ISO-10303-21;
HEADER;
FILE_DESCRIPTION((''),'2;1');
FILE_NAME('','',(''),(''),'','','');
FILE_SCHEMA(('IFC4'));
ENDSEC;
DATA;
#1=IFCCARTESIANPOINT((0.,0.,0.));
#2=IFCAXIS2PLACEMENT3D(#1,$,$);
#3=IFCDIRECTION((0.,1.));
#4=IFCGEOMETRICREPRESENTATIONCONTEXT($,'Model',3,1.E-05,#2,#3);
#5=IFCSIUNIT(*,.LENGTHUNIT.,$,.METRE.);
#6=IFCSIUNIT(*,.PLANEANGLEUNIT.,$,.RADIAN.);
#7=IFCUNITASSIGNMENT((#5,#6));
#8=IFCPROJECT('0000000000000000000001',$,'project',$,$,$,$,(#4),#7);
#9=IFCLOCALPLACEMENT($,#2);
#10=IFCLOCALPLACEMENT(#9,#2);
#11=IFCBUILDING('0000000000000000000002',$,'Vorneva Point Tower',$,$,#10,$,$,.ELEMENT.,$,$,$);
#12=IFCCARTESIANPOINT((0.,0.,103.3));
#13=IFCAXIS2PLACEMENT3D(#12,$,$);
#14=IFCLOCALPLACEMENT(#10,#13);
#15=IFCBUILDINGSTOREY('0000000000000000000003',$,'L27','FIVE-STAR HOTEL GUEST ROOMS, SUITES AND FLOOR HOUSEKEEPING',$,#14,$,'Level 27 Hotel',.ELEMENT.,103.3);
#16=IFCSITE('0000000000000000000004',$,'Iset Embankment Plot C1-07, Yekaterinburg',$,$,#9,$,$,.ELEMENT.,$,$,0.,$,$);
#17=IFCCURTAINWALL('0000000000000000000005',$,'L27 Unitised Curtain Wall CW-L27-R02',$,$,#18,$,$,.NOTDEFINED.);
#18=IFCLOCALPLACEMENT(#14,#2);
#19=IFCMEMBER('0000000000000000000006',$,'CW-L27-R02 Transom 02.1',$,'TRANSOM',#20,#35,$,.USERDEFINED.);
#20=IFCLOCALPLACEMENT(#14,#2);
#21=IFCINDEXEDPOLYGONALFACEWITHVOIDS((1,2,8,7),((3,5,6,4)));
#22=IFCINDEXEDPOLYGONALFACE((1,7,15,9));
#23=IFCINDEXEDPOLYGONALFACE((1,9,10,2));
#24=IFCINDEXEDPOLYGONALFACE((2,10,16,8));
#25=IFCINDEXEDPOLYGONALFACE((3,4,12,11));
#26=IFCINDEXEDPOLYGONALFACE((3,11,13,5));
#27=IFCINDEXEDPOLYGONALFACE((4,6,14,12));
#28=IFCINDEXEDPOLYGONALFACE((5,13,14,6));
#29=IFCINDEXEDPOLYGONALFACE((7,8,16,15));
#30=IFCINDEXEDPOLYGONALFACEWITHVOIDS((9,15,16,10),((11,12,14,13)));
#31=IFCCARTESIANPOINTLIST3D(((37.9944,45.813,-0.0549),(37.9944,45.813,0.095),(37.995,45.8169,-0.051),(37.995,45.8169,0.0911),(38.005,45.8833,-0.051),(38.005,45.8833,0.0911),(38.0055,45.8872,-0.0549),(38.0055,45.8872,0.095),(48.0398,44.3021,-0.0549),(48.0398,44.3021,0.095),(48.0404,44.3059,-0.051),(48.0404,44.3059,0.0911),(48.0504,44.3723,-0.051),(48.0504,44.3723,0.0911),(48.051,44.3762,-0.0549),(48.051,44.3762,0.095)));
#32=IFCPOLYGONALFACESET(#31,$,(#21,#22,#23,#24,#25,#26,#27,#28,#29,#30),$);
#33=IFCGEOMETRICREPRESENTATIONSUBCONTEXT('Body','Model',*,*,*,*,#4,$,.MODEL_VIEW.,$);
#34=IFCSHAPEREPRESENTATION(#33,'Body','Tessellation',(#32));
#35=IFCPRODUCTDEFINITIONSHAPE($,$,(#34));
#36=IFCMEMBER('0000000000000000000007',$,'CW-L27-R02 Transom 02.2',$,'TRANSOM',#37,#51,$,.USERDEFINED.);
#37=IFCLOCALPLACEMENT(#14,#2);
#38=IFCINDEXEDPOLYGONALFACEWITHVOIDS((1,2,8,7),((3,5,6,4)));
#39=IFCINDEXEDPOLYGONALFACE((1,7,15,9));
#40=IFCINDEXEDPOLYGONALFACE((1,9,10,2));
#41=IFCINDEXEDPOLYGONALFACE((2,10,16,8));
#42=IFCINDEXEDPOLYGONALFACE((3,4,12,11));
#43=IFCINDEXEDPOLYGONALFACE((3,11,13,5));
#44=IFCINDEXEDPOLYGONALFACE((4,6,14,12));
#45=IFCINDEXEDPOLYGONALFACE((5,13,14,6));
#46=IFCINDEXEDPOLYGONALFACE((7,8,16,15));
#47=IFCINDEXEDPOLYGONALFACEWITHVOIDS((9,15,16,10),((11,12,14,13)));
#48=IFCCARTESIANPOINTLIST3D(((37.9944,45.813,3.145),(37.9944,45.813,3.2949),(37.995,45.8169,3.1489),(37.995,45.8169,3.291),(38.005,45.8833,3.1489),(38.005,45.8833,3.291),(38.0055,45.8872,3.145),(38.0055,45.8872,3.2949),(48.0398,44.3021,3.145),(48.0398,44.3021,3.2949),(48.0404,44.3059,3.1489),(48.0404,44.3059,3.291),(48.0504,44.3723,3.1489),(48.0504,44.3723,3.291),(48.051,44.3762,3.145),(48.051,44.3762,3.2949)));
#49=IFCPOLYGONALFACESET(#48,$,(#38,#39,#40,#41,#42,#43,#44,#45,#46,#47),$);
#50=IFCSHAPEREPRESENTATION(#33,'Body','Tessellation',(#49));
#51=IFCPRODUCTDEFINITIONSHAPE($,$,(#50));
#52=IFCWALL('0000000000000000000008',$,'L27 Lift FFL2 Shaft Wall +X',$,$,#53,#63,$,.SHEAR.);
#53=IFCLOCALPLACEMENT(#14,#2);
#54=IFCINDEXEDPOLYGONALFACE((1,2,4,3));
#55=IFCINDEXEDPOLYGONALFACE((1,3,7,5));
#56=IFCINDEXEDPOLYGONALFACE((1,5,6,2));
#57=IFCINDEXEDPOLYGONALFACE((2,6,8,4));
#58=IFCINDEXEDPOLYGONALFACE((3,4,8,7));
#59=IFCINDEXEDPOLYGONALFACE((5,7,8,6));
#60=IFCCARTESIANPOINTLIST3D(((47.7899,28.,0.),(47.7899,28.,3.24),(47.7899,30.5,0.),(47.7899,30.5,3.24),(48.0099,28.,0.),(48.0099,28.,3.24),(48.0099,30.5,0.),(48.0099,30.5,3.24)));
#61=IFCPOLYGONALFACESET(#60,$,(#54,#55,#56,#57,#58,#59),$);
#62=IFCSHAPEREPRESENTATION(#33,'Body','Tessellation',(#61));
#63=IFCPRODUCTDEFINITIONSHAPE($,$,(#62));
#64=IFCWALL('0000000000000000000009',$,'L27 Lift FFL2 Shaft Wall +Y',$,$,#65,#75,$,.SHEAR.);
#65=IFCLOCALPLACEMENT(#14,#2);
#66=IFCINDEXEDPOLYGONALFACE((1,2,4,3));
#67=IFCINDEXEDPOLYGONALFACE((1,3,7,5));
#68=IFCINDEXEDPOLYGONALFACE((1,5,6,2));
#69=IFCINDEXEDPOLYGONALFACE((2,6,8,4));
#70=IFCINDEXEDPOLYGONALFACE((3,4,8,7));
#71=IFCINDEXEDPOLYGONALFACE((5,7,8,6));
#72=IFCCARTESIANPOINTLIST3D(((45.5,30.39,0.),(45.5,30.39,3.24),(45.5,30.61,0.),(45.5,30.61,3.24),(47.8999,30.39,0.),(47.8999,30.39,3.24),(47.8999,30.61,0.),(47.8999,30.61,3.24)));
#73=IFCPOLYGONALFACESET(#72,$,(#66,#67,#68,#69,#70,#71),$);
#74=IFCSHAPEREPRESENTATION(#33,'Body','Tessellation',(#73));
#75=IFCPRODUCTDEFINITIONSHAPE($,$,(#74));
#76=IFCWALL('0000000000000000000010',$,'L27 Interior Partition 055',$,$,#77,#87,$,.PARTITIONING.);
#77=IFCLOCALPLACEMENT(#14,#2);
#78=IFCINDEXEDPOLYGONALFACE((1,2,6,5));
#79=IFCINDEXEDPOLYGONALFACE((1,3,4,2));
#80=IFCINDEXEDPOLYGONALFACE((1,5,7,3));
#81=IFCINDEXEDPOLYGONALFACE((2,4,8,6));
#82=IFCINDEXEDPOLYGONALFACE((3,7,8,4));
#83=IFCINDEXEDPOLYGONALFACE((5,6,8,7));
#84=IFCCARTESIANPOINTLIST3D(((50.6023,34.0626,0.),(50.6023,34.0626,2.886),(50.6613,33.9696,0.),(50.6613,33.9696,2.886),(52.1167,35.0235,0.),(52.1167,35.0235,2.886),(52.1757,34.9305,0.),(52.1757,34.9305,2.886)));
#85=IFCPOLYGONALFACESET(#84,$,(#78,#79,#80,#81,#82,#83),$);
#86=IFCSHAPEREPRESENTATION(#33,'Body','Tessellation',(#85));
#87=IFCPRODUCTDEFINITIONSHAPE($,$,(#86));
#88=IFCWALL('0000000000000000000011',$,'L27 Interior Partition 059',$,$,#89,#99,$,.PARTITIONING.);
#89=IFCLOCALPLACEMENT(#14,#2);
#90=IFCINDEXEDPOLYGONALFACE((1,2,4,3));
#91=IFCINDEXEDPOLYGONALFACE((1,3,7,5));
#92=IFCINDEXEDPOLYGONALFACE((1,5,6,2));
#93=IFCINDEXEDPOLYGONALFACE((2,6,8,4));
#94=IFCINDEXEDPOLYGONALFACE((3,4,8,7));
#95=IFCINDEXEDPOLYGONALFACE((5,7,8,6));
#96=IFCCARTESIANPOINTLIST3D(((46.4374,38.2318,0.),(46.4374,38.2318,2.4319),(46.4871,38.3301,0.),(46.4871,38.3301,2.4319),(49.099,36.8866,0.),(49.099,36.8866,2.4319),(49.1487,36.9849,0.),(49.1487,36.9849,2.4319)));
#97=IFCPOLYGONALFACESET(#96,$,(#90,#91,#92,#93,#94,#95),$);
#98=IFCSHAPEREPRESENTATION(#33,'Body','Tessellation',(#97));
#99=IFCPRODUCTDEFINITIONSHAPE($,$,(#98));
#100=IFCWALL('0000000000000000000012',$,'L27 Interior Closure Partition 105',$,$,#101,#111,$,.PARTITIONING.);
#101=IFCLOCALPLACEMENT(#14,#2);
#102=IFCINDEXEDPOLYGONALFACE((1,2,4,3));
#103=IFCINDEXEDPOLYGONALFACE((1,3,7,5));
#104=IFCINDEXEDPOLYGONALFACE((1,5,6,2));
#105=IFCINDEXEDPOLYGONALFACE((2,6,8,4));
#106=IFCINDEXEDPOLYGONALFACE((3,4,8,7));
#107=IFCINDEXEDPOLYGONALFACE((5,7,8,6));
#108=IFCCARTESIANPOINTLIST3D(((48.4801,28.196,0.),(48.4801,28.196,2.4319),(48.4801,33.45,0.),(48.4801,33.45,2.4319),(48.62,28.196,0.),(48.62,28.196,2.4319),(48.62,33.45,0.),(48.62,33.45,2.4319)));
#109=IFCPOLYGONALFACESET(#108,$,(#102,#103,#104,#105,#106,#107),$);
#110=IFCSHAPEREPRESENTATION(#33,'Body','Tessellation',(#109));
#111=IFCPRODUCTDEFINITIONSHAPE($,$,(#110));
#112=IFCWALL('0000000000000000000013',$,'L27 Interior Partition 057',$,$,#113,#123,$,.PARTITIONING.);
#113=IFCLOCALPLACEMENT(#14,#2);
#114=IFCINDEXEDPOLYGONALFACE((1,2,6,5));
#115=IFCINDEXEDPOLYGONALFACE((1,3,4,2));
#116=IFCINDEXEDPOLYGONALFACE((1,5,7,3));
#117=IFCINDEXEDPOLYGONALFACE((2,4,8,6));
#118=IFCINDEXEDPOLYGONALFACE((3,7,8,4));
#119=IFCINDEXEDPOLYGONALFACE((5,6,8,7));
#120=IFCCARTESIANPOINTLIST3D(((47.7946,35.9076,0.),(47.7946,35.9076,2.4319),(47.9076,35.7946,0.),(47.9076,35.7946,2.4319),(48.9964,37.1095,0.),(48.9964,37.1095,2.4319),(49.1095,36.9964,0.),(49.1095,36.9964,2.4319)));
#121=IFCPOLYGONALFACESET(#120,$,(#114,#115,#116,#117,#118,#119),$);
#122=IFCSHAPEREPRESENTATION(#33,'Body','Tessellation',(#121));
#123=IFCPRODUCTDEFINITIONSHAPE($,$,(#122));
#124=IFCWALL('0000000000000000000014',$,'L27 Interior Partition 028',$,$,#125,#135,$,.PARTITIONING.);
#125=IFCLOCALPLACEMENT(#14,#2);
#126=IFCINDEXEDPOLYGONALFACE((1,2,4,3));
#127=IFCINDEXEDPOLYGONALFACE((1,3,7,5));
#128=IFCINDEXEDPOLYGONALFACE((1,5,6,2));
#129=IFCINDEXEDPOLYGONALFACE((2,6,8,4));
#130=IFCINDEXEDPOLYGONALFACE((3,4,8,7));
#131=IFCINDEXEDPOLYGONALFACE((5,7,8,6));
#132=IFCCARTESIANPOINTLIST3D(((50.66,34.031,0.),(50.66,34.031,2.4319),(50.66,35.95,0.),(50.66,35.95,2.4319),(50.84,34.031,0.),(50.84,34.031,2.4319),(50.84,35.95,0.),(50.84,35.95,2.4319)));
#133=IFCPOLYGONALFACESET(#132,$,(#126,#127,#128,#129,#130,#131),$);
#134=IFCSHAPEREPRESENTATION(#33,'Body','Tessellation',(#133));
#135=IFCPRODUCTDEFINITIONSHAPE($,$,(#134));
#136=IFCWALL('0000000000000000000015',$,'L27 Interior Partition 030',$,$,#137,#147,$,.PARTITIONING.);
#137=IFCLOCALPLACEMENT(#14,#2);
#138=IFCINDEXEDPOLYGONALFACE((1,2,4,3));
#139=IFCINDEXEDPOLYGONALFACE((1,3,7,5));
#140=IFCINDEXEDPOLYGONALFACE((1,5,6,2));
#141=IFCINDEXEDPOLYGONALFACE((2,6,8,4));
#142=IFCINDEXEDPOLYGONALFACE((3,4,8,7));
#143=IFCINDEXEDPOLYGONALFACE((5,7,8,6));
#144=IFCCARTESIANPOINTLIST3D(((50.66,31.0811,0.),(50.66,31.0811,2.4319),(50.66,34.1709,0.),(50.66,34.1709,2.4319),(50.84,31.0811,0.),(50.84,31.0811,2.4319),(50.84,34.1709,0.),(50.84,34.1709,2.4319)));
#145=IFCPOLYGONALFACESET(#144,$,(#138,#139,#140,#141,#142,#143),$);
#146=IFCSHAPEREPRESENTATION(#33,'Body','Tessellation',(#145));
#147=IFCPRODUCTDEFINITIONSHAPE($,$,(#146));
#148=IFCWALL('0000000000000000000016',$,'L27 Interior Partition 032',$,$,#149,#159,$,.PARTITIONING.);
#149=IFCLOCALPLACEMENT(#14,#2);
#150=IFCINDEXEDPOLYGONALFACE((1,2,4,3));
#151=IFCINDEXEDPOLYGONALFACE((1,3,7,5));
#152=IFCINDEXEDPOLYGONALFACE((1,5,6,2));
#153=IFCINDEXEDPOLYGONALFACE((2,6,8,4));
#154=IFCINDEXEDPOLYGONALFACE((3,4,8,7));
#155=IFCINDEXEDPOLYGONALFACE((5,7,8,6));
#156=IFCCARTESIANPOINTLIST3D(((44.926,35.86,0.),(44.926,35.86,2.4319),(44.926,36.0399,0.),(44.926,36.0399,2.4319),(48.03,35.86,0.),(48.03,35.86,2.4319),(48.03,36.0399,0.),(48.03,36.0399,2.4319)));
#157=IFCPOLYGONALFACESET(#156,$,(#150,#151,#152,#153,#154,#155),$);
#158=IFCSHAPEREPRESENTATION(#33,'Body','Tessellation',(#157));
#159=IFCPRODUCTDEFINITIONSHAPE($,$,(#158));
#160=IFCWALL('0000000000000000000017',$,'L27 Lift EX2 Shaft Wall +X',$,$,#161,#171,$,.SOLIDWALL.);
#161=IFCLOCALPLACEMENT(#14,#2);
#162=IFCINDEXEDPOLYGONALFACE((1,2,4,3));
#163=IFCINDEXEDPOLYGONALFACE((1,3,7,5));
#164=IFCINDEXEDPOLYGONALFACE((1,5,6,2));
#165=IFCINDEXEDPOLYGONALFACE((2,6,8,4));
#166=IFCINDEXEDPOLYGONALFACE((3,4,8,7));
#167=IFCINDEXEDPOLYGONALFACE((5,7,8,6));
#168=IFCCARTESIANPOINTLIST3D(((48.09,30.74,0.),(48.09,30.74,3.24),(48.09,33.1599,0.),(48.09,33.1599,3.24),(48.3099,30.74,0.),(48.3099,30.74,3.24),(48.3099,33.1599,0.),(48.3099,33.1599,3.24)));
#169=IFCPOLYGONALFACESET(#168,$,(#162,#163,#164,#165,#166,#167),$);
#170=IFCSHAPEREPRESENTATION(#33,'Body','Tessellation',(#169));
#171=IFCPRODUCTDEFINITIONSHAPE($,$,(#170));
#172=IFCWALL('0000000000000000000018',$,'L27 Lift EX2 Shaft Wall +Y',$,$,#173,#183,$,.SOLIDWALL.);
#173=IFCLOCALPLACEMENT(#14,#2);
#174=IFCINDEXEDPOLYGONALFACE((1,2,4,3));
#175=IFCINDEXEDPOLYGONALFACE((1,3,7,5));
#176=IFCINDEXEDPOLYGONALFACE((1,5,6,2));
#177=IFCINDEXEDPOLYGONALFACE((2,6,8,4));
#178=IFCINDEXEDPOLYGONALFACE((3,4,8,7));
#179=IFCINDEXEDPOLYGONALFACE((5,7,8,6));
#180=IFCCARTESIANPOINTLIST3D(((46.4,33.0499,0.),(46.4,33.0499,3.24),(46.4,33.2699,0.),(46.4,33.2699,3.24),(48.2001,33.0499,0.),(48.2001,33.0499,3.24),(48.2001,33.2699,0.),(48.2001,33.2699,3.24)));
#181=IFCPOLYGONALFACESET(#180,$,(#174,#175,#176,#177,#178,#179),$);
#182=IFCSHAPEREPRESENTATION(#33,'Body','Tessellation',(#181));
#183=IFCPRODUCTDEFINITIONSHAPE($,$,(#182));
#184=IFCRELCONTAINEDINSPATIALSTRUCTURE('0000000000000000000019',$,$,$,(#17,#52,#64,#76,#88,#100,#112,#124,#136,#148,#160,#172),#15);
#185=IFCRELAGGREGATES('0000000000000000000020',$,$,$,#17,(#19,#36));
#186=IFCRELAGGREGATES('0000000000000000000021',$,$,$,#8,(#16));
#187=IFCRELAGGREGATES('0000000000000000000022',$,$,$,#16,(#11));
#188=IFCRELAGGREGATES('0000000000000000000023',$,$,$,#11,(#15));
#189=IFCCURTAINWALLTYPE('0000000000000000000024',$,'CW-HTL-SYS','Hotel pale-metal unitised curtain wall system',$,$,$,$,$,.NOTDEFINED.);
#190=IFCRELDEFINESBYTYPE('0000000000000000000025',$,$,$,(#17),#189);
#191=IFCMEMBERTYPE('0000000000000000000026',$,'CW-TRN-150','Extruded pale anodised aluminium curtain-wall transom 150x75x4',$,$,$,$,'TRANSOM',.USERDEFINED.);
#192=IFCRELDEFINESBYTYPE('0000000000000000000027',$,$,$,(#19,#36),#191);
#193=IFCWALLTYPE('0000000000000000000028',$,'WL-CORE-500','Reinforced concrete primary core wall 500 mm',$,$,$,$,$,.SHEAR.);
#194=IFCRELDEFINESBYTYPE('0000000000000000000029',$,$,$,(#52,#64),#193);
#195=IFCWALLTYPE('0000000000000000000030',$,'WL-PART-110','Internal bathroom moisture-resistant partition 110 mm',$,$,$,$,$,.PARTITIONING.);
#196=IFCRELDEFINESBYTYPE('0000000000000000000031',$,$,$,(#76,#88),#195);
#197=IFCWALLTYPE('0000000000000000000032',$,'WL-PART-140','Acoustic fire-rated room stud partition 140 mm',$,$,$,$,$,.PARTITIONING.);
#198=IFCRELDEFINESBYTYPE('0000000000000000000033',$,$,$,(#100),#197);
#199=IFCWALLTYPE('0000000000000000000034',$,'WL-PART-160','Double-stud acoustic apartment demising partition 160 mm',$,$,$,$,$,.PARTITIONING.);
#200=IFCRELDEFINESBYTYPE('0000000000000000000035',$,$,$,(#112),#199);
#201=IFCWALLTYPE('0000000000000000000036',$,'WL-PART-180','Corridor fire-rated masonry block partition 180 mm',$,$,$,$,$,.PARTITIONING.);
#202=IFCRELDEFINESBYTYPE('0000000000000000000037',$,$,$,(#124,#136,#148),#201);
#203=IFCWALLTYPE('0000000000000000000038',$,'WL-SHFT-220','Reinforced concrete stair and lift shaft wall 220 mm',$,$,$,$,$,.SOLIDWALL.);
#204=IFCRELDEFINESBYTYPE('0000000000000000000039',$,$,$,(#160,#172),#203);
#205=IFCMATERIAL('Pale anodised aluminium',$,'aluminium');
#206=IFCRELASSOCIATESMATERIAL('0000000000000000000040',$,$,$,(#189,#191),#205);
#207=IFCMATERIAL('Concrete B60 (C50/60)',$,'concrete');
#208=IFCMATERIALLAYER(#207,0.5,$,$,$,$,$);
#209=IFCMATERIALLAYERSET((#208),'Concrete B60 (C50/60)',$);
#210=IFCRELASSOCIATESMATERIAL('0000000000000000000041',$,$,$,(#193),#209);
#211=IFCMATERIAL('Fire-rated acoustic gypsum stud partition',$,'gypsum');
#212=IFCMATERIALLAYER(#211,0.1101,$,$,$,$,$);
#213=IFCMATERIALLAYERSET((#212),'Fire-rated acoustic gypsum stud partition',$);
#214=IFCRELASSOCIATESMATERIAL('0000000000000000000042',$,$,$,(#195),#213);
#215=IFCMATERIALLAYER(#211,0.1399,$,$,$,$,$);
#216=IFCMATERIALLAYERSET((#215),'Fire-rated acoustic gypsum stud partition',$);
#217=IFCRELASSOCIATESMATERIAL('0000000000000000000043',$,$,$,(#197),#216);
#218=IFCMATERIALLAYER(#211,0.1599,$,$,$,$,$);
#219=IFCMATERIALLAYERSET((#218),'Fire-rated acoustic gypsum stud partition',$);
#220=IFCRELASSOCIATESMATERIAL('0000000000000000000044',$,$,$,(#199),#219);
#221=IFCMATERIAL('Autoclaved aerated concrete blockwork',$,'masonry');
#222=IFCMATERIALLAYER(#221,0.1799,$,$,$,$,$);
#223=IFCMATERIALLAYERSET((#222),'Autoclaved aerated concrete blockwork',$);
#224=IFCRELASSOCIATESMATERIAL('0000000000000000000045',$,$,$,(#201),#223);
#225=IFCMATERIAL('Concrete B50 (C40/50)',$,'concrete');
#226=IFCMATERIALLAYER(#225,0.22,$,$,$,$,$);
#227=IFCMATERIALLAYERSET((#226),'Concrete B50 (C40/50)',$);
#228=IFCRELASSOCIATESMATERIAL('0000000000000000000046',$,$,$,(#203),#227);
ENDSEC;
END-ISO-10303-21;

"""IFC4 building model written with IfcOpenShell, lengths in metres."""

from ifc_helpers import new_model, si_unit, direction, frame, frame_2d, origin, origin_2d, place, context, subcontext, project, spatial, rectangle, hollow_rectangle, extrude, material, layer, layer_set, material_profile, profile_set, type_object, element, aggregate, save


model = new_model("IFC4")

# Units and contexts
model_context = context("Model", 3, precision=1e-05, world=origin(), true_north=direction((0.0, 1.0)))
body_context = subcontext(model_context, "Body", "Model", "MODEL_VIEW")
ifc_project = project(units=[si_unit("LENGTHUNIT", "METRE"), si_unit("PLANEANGLEUNIT", "RADIAN")], contexts=[model_context])

# Site, building, storey
site_placement = place(None, origin())
site = spatial("IfcSite", under=ifc_project, at=site_placement, Name="Iset Embankment Plot C1-07, Yekaterinburg", CompositionType="ELEMENT", RefElevation=0.0)
building_placement = place(site_placement, origin())
building = spatial("IfcBuilding", under=site, at=building_placement, Name="Vorneva Point Tower", CompositionType="ELEMENT")
storey_placement = place(building_placement, frame((0.0, 0.0, 103.3)))
storey = spatial("IfcBuildingStorey", under=building, at=storey_placement, Name="L27", Description="FIVE-STAR HOTEL GUEST ROOMS, SUITES AND FLOOR HOUSEKEEPING", LongName="Level 27 Hotel", CompositionType="ELEMENT", Elevation=103.3)

# Shared definitions
ifc_material_1 = material(Name="Concrete B60 (C50/60)", Category="concrete")

# Curtain wall, members
ifc_material_2 = material(Name="Pale anodised aluminium", Category="aluminium")
curtain_wall_type = type_object("IfcCurtainWallType", Name="CW-HTL-SYS", Description="Hotel pale-metal unitised curtain wall system", PredefinedType="NOTDEFINED", material=ifc_material_2)
curtain_wall_placement = place(storey_placement, origin())
curtain_wall = element("IfcCurtainWall", 1, at=curtain_wall_placement, inside=storey, type_object=curtain_wall_type, Name="L27 Unitised Curtain Wall CW-L27-R02", PredefinedType="NOTDEFINED")
ifc_material_profile_1 = material_profile(ifc_material_2, hollow_rectangle(XDim=0.075, YDim=0.1499, WallThickness=0.0039, at=origin_2d()), Name="AL-TRN 150x75x4")
ifc_profile_set_1 = profile_set([ifc_material_profile_1], Name="Pale anodised aluminium")
member_type_1 = type_object("IfcMemberType", Name="CW-TRN-150", Description="Extruded pale anodised aluminium curtain-wall transom 150x75x4", ElementType="TRANSOM", PredefinedType="USERDEFINED", material=ifc_profile_set_1)
member_1_placement = place(storey_placement, frame((48.0454, 44.3391, 0.02), z_axis=(-0.988876, 0.148742, 0.0), x_axis=(-0.148742, -0.988876, 0.0)))
member_1 = element("IfcMember", 2, at=member_1_placement, type_object=member_type_1, Name="CW-L27-R02 Transom 02.1", ObjectType="TRANSOM", PredefinedType="USERDEFINED", context=body_context, shape_type="SweptSolid", body=[
    extrude(hollow_rectangle(XDim=0.075, YDim=0.1499, WallThickness=0.0039, at=origin_2d()), origin(), (0.0, 0.0, 1.0), 10.1584),
])
member_2_placement = place(storey_placement, frame((48.0454, 44.3391, 3.22), z_axis=(-0.988876, 0.148742, 0.0), x_axis=(-0.148742, -0.988876, 0.0)))
member_2 = element("IfcMember", 3, at=member_2_placement, type_object=member_type_1, Name="CW-L27-R02 Transom 02.2", ObjectType="TRANSOM", PredefinedType="USERDEFINED", context=body_context, shape_type="SweptSolid", body=[
    extrude(hollow_rectangle(XDim=0.075, YDim=0.1499, WallThickness=0.0039, at=origin_2d()), origin(), (0.0, 0.0, 1.0), 10.1584),
])
aggregate(curtain_wall, [member_1, member_2])

# Walls
ifc_layer_1 = layer(ifc_material_1, 0.5)
ifc_layer_set_1 = layer_set([ifc_layer_1], Name="Concrete B60 (C50/60)")
wall_type_1 = type_object("IfcWallType", Name="WL-CORE-500", Description="Reinforced concrete primary core wall 500 mm", PredefinedType="SHEAR", material=ifc_layer_set_1)
wall_1_placement = place(storey_placement, frame((47.8999, 28.0, 0.0), z_axis=(0.0, 0.0, 1.0), x_axis=(0.0, 1.0, 0.0)))
element("IfcWall", 4, at=wall_1_placement, inside=storey, type_object=wall_type_1, Name="L27 Lift FFL2 Shaft Wall +X", PredefinedType="SHEAR", context=body_context, shape_type="SweptSolid", body=[
    extrude(rectangle(XDim=2.5, YDim=0.22, at=frame_2d((1.25, 0.0))), origin(), (0.0, 0.0, 1.0), 3.24),
])
wall_2_placement = place(storey_placement, frame((47.8999, 30.5, 0.0), z_axis=(0.0, 0.0, 1.0), x_axis=(-1.0, 0.0, 0.0)))
element("IfcWall", 5, at=wall_2_placement, inside=storey, type_object=wall_type_1, Name="L27 Lift FFL2 Shaft Wall +Y", PredefinedType="SHEAR", context=body_context, shape_type="SweptSolid", body=[
    extrude(rectangle(XDim=2.3999, YDim=0.22, at=frame_2d((1.2, 0.0))), origin(), (0.0, 0.0, 1.0), 3.24),
])
ifc_material_3 = material(Name="Fire-rated acoustic gypsum stud partition", Category="gypsum")
ifc_layer_2 = layer(ifc_material_3, 0.1101)
ifc_layer_set_2 = layer_set([ifc_layer_2], Name="Fire-rated acoustic gypsum stud partition")
wall_type_2 = type_object("IfcWallType", Name="WL-PART-110", Description="Internal bathroom moisture-resistant partition 110 mm", PredefinedType="PARTITIONING", material=ifc_layer_set_2)
wall_3_placement = place(storey_placement, frame((50.6318, 34.0161, 0.0), z_axis=(0.0, 0.0, 1.0), x_axis=(0.844361, 0.535774, 0.0)))
element("IfcWall", 6, at=wall_3_placement, inside=storey, type_object=wall_type_2, Name="L27 Interior Partition 055", PredefinedType="PARTITIONING", context=body_context, shape_type="SweptSolid", body=[
    extrude(rectangle(XDim=1.7935, YDim=0.1101, at=frame_2d((0.8967, 0.0))), origin(), (0.0, 0.0, 1.0), 2.886),
])
wall_4_placement = place(storey_placement, frame((46.4622, 38.281, 0.0), z_axis=(0.0, 0.0, 1.0), x_axis=(0.892487, -0.451073, 0.0)))
element("IfcWall", 7, at=wall_4_placement, inside=storey, type_object=wall_type_2, Name="L27 Interior Partition 059", PredefinedType="PARTITIONING", context=body_context, shape_type="SweptSolid", body=[
    extrude(rectangle(XDim=2.9822, YDim=0.1101, at=frame_2d((1.4912, 0.0))), origin(), (0.0, 0.0, 1.0), 2.4319),
])
ifc_layer_3 = layer(ifc_material_3, 0.1399)
ifc_layer_set_3 = layer_set([ifc_layer_3], Name="Fire-rated acoustic gypsum stud partition")
wall_type_3 = type_object("IfcWallType", Name="WL-PART-140", Description="Acoustic fire-rated room stud partition 140 mm", PredefinedType="PARTITIONING", material=ifc_layer_set_3)
wall_5_placement = place(storey_placement, frame((48.55, 33.45, 0.0), z_axis=(0.0, 0.0, 1.0), x_axis=(0.0, -1.0, 0.0)))
element("IfcWall", 8, at=wall_5_placement, inside=storey, type_object=wall_type_3, Name="L27 Interior Closure Partition 105", PredefinedType="PARTITIONING", context=body_context, shape_type="SweptSolid", body=[
    extrude(rectangle(XDim=5.2539, YDim=0.1399, at=frame_2d((2.627, 0.0))), origin(), (0.0, 0.0, 1.0), 2.4319),
])
ifc_layer_4 = layer(ifc_material_3, 0.1599)
ifc_layer_set_4 = layer_set([ifc_layer_4], Name="Fire-rated acoustic gypsum stud partition")
wall_type_4 = type_object("IfcWallType", Name="WL-PART-160", Description="Double-stud acoustic apartment demising partition 160 mm", PredefinedType="PARTITIONING", material=ifc_layer_set_4)
wall_6_placement = place(storey_placement, frame((49.053, 37.053, 0.0), z_axis=(0.0, 0.0, 1.0), x_axis=(-0.707107, -0.707107, 0.0)))
element("IfcWall", 9, at=wall_6_placement, inside=storey, type_object=wall_type_4, Name="L27 Interior Partition 057", PredefinedType="PARTITIONING", context=body_context, shape_type="SweptSolid", body=[
    extrude(rectangle(XDim=1.6997, YDim=0.1599, at=frame_2d((0.8499, 0.0))), origin(), (0.0, 0.0, 1.0), 2.4319),
])
ifc_material_4 = material(Name="Autoclaved aerated concrete blockwork", Category="masonry")
ifc_layer_5 = layer(ifc_material_4, 0.1799)
ifc_layer_set_5 = layer_set([ifc_layer_5], Name="Autoclaved aerated concrete blockwork")
wall_type_5 = type_object("IfcWallType", Name="WL-PART-180", Description="Corridor fire-rated masonry block partition 180 mm", PredefinedType="PARTITIONING", material=ifc_layer_set_5)
wall_7_placement = place(storey_placement, frame((50.75, 34.031, 0.0), z_axis=(0.0, 0.0, 1.0), x_axis=(0.0, 1.0, 0.0)))
element("IfcWall", 10, at=wall_7_placement, inside=storey, type_object=wall_type_5, Name="L27 Interior Partition 028", PredefinedType="PARTITIONING", context=body_context, shape_type="SweptSolid", body=[
    extrude(rectangle(XDim=1.9189, YDim=0.1799, at=frame_2d((0.9595, 0.0))), origin(), (0.0, 0.0, 1.0), 2.4319),
])
wall_8_placement = place(storey_placement, frame((50.75, 31.0811, 0.0), z_axis=(0.0, 0.0, 1.0), x_axis=(0.0, 1.0, 0.0)))
element("IfcWall", 11, at=wall_8_placement, inside=storey, type_object=wall_type_5, Name="L27 Interior Partition 030", PredefinedType="PARTITIONING", context=body_context, shape_type="SweptSolid", body=[
    extrude(rectangle(XDim=3.0898, YDim=0.1799, at=frame_2d((1.5449, 0.0))), origin(), (0.0, 0.0, 1.0), 2.4319),
])
wall_9_placement = place(storey_placement, frame((48.03, 35.95, 0.0), z_axis=(0.0, 0.0, 1.0), x_axis=(-1.0, 0.0, 0.0)))
element("IfcWall", 12, at=wall_9_placement, inside=storey, type_object=wall_type_5, Name="L27 Interior Partition 032", PredefinedType="PARTITIONING", context=body_context, shape_type="SweptSolid", body=[
    extrude(rectangle(XDim=3.104, YDim=0.1799, at=frame_2d((1.552, 0.0))), origin(), (0.0, 0.0, 1.0), 2.4319),
])
ifc_material_5 = material(Name="Concrete B50 (C40/50)", Category="concrete")
ifc_layer_6 = layer(ifc_material_5, 0.22)
ifc_layer_set_6 = layer_set([ifc_layer_6], Name="Concrete B50 (C40/50)")
wall_type_6 = type_object("IfcWallType", Name="WL-SHFT-220", Description="Reinforced concrete stair and lift shaft wall 220 mm", PredefinedType="SOLIDWALL", material=ifc_layer_set_6)
wall_10_placement = place(storey_placement, frame((48.2, 30.74, 0.0), z_axis=(0.0, 0.0, 1.0), x_axis=(0.0, 1.0, 0.0)))
element("IfcWall", 13, at=wall_10_placement, inside=storey, type_object=wall_type_6, Name="L27 Lift EX2 Shaft Wall +X", PredefinedType="SOLIDWALL", context=body_context, shape_type="SweptSolid", body=[
    extrude(rectangle(XDim=2.4199, YDim=0.22, at=frame_2d((1.21, 0.0))), origin(), (0.0, 0.0, 1.0), 3.24),
])
wall_11_placement = place(storey_placement, frame((48.2, 33.1599, 0.0), z_axis=(0.0, 0.0, 1.0), x_axis=(-1.0, 0.0, 0.0)))
element("IfcWall", 14, at=wall_11_placement, inside=storey, type_object=wall_type_6, Name="L27 Lift EX2 Shaft Wall +Y", PredefinedType="SOLIDWALL", context=body_context, shape_type="SweptSolid", body=[
    extrude(rectangle(XDim=1.8, YDim=0.22, at=frame_2d((0.8999, 0.0))), origin(), (0.0, 0.0, 1.0), 3.24),
])

save(model, "model.ifc")
